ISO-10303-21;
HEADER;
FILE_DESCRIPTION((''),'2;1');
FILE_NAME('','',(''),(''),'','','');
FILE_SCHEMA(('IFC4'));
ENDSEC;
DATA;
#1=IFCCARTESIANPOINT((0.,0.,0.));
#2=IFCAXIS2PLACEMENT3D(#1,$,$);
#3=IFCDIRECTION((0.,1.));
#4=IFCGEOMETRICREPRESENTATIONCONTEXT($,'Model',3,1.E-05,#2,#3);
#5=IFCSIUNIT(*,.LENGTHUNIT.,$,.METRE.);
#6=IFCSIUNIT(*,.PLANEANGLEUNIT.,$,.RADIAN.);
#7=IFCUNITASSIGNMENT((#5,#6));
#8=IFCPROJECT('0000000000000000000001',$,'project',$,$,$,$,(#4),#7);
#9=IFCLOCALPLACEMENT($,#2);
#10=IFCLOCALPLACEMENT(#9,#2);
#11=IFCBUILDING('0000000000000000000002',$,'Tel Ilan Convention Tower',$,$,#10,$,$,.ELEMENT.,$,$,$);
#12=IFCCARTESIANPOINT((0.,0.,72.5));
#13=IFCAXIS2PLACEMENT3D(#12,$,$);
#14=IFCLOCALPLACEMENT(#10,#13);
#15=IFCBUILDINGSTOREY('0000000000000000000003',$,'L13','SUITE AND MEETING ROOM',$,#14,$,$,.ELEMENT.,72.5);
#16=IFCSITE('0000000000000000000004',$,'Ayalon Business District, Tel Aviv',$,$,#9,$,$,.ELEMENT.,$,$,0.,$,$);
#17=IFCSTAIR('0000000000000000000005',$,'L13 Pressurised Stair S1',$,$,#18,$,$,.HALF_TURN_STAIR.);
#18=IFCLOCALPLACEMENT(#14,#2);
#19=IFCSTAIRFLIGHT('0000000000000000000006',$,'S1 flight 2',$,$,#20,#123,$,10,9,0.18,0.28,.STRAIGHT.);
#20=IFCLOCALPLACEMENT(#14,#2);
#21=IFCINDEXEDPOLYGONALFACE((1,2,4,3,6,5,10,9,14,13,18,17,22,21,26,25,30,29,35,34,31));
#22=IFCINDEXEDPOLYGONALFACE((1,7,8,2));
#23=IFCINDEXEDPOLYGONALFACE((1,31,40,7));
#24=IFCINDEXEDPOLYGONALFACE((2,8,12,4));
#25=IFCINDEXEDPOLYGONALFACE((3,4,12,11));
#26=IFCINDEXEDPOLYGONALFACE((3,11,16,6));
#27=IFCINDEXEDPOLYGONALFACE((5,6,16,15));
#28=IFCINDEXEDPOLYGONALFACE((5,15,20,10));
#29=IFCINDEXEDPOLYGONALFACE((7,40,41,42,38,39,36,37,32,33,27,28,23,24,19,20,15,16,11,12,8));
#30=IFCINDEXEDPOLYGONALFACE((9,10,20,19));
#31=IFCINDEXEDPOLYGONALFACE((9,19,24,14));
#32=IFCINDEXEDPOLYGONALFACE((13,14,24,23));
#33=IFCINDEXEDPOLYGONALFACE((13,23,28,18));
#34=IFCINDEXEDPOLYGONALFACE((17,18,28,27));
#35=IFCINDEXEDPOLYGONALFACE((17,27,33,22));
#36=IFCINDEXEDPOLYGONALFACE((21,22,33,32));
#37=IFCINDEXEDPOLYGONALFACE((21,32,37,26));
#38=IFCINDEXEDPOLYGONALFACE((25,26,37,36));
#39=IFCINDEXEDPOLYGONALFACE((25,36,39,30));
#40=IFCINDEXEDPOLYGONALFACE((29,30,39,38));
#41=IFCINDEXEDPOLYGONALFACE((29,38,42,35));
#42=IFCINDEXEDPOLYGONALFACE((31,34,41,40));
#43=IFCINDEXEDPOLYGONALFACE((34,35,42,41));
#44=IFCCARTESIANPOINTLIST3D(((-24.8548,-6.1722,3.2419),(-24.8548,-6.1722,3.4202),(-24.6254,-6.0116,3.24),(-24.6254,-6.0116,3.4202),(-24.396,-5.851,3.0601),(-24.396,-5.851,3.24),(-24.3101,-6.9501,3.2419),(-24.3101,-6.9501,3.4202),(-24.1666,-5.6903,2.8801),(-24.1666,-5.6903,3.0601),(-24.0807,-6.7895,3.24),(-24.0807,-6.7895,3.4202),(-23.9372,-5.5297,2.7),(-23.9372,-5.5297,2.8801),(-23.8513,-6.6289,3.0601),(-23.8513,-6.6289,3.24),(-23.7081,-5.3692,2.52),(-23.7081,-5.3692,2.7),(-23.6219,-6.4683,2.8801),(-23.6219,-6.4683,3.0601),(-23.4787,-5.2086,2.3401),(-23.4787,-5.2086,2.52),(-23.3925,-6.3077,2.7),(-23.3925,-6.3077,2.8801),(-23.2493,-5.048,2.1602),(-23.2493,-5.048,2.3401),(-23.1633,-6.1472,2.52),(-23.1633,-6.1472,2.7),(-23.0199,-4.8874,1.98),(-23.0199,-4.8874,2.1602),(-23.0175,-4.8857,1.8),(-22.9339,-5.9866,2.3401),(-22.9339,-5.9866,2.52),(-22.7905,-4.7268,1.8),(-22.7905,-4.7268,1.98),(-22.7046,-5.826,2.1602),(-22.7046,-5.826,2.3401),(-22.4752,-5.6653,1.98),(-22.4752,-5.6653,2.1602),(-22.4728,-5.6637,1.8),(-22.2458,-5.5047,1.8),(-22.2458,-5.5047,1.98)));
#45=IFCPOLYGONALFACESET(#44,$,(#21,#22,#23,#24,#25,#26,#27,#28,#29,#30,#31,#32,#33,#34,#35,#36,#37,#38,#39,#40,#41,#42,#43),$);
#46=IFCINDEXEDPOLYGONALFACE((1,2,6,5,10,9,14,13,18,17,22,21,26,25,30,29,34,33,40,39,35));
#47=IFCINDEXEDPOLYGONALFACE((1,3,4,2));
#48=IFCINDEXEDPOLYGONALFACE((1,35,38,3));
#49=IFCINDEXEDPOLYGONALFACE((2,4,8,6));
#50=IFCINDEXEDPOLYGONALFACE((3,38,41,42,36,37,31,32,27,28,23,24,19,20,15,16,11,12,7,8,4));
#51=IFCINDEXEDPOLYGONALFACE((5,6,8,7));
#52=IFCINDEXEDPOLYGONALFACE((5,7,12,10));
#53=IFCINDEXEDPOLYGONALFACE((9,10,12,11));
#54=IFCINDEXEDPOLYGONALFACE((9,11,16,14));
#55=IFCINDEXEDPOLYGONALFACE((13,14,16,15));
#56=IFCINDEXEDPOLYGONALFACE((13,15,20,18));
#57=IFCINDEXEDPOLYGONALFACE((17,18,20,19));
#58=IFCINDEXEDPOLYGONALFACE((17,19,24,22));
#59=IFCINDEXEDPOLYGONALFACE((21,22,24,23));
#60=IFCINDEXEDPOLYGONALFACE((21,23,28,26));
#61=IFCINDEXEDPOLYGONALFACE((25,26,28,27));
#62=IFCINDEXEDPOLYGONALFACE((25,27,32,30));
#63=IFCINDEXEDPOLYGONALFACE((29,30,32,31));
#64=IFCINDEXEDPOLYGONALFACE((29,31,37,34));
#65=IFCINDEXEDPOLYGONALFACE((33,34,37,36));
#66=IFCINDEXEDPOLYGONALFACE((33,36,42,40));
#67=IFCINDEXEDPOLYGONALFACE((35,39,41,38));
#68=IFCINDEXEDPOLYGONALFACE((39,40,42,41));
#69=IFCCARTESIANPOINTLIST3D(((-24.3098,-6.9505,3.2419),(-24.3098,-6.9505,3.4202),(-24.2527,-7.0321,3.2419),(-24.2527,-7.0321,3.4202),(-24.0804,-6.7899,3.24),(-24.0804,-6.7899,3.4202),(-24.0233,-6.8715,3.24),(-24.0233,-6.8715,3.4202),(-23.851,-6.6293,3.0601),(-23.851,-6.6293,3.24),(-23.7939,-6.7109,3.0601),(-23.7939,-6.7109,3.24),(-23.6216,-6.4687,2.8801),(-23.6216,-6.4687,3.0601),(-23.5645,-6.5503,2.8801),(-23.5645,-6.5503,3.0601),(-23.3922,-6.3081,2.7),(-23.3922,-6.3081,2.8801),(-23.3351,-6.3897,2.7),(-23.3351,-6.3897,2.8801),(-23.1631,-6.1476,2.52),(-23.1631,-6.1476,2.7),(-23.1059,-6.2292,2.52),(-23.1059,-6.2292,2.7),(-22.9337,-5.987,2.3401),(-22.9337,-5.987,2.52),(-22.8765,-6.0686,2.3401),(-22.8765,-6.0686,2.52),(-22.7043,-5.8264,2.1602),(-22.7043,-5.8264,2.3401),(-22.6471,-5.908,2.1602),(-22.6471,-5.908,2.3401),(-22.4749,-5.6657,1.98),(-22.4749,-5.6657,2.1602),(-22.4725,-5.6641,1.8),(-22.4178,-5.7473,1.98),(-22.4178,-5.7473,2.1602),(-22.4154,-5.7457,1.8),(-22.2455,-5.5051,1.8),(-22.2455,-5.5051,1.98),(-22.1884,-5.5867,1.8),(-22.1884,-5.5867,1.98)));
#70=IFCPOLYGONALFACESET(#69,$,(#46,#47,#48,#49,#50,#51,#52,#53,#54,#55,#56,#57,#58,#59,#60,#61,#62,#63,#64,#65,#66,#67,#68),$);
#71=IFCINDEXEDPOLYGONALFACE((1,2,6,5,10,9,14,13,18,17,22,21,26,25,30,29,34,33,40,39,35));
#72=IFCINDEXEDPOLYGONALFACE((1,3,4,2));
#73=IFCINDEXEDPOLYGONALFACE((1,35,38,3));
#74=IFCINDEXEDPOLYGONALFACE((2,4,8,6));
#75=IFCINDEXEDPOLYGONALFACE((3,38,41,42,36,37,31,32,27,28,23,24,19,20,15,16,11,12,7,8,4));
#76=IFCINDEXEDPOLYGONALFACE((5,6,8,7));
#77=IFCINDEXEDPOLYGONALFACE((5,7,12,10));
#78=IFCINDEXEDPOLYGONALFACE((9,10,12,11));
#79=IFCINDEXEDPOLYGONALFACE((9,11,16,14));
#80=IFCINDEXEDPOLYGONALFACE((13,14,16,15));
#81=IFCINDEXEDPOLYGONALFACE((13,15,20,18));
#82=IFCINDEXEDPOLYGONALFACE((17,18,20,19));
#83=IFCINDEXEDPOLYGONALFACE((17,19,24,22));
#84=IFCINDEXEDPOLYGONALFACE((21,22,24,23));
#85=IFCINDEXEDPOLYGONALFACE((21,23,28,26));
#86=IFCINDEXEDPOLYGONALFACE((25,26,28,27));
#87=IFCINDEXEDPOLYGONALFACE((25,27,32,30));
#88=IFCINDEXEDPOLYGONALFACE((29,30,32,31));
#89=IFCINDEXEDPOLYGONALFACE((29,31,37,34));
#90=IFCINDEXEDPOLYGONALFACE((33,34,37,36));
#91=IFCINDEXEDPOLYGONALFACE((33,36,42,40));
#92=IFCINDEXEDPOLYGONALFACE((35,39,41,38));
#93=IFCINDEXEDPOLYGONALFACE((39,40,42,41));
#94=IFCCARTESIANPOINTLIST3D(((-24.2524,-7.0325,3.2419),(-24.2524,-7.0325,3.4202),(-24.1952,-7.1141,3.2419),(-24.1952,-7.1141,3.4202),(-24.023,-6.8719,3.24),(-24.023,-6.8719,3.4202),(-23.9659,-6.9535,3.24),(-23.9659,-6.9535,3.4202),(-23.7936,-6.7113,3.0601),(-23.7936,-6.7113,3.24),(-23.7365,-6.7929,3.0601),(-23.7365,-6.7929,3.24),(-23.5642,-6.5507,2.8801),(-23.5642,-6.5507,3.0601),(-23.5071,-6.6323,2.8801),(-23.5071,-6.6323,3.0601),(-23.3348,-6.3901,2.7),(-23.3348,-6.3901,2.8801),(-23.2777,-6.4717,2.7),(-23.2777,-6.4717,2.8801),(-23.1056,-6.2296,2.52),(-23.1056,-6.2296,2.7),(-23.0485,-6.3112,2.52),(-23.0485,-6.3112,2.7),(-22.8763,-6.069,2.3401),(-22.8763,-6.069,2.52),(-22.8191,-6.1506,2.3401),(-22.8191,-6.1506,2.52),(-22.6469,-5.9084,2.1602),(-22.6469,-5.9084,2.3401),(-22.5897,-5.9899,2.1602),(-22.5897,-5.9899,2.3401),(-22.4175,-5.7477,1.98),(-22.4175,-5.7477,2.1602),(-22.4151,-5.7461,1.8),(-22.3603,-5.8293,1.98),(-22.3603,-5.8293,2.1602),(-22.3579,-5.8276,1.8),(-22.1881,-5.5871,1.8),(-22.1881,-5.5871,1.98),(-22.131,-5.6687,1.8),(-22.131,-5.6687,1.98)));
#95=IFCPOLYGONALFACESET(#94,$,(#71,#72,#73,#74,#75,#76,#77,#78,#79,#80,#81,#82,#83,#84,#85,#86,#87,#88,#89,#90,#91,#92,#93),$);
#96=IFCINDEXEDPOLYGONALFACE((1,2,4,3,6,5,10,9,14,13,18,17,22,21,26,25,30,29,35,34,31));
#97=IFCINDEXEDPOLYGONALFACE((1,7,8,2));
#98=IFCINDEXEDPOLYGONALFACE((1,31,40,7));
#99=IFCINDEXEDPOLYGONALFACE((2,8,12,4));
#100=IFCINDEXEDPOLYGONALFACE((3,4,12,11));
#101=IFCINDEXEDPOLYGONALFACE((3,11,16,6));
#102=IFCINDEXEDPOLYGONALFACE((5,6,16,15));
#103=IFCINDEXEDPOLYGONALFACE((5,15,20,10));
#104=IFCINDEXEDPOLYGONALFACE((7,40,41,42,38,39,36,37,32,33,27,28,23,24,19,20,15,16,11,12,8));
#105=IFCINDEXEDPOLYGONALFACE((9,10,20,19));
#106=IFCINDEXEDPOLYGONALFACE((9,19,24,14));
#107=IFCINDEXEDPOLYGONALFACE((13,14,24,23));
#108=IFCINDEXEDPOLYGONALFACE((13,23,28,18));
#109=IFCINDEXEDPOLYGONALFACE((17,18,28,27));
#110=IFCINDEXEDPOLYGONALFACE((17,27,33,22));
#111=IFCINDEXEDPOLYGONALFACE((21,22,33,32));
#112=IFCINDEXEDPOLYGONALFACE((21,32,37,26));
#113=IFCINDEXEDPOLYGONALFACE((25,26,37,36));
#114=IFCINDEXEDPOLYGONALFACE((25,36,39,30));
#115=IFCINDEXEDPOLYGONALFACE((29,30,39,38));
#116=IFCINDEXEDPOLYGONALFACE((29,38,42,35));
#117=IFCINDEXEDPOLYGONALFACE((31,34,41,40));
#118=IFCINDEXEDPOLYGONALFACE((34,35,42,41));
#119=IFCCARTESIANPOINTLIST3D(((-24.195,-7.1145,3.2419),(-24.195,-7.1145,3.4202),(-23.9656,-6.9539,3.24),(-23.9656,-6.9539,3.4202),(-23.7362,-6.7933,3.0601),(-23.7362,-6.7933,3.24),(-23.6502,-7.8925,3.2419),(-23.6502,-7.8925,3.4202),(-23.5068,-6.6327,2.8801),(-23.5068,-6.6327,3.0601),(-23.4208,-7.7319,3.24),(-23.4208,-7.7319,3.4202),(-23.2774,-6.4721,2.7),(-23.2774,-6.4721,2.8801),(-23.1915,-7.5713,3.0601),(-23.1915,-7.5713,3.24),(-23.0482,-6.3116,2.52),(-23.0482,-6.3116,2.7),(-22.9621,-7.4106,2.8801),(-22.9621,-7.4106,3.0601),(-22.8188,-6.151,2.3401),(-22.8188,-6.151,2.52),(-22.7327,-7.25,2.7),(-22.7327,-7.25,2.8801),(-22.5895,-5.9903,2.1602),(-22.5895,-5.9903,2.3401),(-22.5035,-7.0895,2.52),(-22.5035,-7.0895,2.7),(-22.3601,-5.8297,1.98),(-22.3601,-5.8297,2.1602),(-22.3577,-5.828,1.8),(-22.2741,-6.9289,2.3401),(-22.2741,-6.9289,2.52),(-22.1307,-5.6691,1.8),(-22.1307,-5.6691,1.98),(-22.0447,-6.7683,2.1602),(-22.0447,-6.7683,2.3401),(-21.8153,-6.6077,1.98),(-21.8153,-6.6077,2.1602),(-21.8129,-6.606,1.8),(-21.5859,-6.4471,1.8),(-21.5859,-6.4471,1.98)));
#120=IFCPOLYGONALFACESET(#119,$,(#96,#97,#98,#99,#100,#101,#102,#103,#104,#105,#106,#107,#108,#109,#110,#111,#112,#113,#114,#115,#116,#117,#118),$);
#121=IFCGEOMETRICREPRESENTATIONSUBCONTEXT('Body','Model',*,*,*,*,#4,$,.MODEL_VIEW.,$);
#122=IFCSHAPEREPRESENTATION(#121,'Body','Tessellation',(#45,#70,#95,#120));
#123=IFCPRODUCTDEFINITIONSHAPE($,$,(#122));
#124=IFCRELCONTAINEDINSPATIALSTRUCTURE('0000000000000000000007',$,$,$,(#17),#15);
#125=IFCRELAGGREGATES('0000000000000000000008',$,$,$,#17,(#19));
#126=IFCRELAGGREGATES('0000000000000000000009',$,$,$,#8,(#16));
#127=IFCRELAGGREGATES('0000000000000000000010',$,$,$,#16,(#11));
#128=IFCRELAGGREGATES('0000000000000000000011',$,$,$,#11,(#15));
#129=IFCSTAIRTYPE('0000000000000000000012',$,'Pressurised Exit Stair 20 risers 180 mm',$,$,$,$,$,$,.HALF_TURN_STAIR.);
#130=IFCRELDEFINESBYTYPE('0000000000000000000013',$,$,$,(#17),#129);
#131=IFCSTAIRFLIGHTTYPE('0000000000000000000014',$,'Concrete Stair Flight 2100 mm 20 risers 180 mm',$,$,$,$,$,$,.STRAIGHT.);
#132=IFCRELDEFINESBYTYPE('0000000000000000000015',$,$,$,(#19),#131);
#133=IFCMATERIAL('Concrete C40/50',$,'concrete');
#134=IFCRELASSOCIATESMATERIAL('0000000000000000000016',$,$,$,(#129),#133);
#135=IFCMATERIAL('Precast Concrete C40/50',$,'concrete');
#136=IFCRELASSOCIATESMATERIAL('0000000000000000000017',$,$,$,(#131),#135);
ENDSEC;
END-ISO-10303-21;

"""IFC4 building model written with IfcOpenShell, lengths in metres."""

from ifc_helpers import new_model, si_unit, direction, frame, origin, place, context, subcontext, project, spatial, polyline, outline, extrude, material, type_object, element, aggregate, save


model = new_model("IFC4")

# Units and contexts
model_context = context("Model", 3, precision=1e-05, world=origin(), true_north=direction((0.0, 1.0)))
body_context = subcontext(model_context, "Body", "Model", "MODEL_VIEW")
ifc_project = project(units=[si_unit("LENGTHUNIT", "METRE"), si_unit("PLANEANGLEUNIT", "RADIAN")], contexts=[model_context])

# Site, building, storey
site_placement = place(None, origin())
site = spatial("IfcSite", under=ifc_project, at=site_placement, Name="Ayalon Business District, Tel Aviv", CompositionType="ELEMENT", RefElevation=0.0)
building_placement = place(site_placement, origin())
building = spatial("IfcBuilding", under=site, at=building_placement, Name="Tel Ilan Convention Tower", CompositionType="ELEMENT")
storey_placement = place(building_placement, frame((0.0, 0.0, 72.5)))
storey = spatial("IfcBuildingStorey", under=building, at=storey_placement, Name="L13", Description="SUITE AND MEETING ROOM", CompositionType="ELEMENT", Elevation=72.5)

# Stair, stair flight
ifc_material_1 = material(Name="Concrete C40/50", Category="concrete")
stair_type = type_object("IfcStairType", Name="Pressurised Exit Stair 20 risers 180 mm", PredefinedType="HALF_TURN_STAIR", material=ifc_material_1)
stair_1_placement = place(storey_placement, origin())
stair_1 = element("IfcStair", 1, at=stair_1_placement, inside=storey, type_object=stair_type, Name="L13 Pressurised Stair S1", PredefinedType="HALF_TURN_STAIR")
ifc_material_2 = material(Name="Precast Concrete C40/50", Category="concrete")
stair_flight_type = type_object("IfcStairFlightType", Name="Concrete Stair Flight 2100 mm 20 risers 180 mm", PredefinedType="STRAIGHT", material=ifc_material_2)
stair_flight_1_placement = place(storey_placement, frame((-22.1882, -5.5869, 1.8), z_axis=(0.0, 0.0, 1.0), x_axis=(-0.819152, -0.573576, 0.0)))
stair_flight_1 = element("IfcStairFlight", 2, at=stair_flight_1_placement, type_object=stair_flight_type, Name="S1 flight 2", NumberOfRisers=10, NumberOfTreads=9, PredefinedType="STRAIGHT", RiserHeight=0.18, TreadLength=0.28, context=body_context, shape_type="SweptSolid", body=[
    extrude(outline(polyline([(0.0, 0.0), (0.0, 0.1799), (0.28, 0.1799), (0.28, 0.3601), (0.5601, 0.3601), (0.5601, 0.54), (0.8401, 0.54), (0.8401, 0.72), (1.1201, 0.72), (1.1201, 0.8999), (1.3999, 0.8999), (1.3999, 1.0801), (1.6799, 1.0801), (1.6799, 1.26), (1.96, 1.26), (1.96, 1.4399), (2.24, 1.4399), (2.24, 1.6201), (2.52, 1.6201), (2.52, 1.8), (2.52, 1.4419), (0.2771, 0.0), (0.0, 0.0)])), frame((0.0, -0.1003, 0.0), z_axis=(0.0, -1.0, 0.0), x_axis=(1.0, 0.0, 0.0)), (0.0, 0.0, 1.0), 0.9497),
    extrude(outline(polyline([(0.0, 0.0), (0.0, 0.1799), (0.28, 0.1799), (0.28, 0.3601), (0.5601, 0.3601), (0.5601, 0.54), (0.8401, 0.54), (0.8401, 0.72), (1.1201, 0.72), (1.1201, 0.8999), (1.3999, 0.8999), (1.3999, 1.0801), (1.6799, 1.0801), (1.6799, 1.26), (1.96, 1.26), (1.96, 1.4399), (2.24, 1.4399), (2.24, 1.6201), (2.52, 1.6201), (2.52, 1.8), (2.52, 1.4419), (0.2771, 0.0), (0.0, 0.0)])), frame((0.0, -0.0002, 0.0), z_axis=(0.0, -1.0, 0.0), x_axis=(1.0, 0.0, 0.0)), (0.0, 0.0, 1.0), 0.0996),
    extrude(outline(polyline([(0.0, 0.0), (0.0, 0.1799), (0.28, 0.1799), (0.28, 0.3601), (0.5601, 0.3601), (0.5601, 0.54), (0.8401, 0.54), (0.8401, 0.72), (1.1201, 0.72), (1.1201, 0.8999), (1.3999, 0.8999), (1.3999, 1.0801), (1.6799, 1.0801), (1.6799, 1.26), (1.96, 1.26), (1.96, 1.4399), (2.24, 1.4399), (2.24, 1.6201), (2.52, 1.6201), (2.52, 1.8), (2.52, 1.4419), (0.2771, 0.0), (0.0, 0.0)])), frame((0.0, 0.0999, 0.0), z_axis=(0.0, -1.0, 0.0), x_axis=(1.0, 0.0, 0.0)), (0.0, 0.0, 1.0), 0.0996),
    extrude(outline(polyline([(0.0, 0.0), (0.0, 0.1799), (0.28, 0.1799), (0.28, 0.3601), (0.5601, 0.3601), (0.5601, 0.54), (0.8401, 0.54), (0.8401, 0.72), (1.1201, 0.72), (1.1201, 0.8999), (1.3999, 0.8999), (1.3999, 1.0801), (1.6799, 1.0801), (1.6799, 1.26), (1.96, 1.26), (1.96, 1.4399), (2.24, 1.4399), (2.24, 1.6201), (2.52, 1.6201), (2.52, 1.8), (2.52, 1.4419), (0.2771, 0.0), (0.0, 0.0)])), frame((0.0, 1.05, 0.0), z_axis=(0.0, -1.0, 0.0), x_axis=(1.0, 0.0, 0.0)), (0.0, 0.0, 1.0), 0.9497),
])
aggregate(stair_1, [stair_flight_1])

save(model, "model.ifc")
